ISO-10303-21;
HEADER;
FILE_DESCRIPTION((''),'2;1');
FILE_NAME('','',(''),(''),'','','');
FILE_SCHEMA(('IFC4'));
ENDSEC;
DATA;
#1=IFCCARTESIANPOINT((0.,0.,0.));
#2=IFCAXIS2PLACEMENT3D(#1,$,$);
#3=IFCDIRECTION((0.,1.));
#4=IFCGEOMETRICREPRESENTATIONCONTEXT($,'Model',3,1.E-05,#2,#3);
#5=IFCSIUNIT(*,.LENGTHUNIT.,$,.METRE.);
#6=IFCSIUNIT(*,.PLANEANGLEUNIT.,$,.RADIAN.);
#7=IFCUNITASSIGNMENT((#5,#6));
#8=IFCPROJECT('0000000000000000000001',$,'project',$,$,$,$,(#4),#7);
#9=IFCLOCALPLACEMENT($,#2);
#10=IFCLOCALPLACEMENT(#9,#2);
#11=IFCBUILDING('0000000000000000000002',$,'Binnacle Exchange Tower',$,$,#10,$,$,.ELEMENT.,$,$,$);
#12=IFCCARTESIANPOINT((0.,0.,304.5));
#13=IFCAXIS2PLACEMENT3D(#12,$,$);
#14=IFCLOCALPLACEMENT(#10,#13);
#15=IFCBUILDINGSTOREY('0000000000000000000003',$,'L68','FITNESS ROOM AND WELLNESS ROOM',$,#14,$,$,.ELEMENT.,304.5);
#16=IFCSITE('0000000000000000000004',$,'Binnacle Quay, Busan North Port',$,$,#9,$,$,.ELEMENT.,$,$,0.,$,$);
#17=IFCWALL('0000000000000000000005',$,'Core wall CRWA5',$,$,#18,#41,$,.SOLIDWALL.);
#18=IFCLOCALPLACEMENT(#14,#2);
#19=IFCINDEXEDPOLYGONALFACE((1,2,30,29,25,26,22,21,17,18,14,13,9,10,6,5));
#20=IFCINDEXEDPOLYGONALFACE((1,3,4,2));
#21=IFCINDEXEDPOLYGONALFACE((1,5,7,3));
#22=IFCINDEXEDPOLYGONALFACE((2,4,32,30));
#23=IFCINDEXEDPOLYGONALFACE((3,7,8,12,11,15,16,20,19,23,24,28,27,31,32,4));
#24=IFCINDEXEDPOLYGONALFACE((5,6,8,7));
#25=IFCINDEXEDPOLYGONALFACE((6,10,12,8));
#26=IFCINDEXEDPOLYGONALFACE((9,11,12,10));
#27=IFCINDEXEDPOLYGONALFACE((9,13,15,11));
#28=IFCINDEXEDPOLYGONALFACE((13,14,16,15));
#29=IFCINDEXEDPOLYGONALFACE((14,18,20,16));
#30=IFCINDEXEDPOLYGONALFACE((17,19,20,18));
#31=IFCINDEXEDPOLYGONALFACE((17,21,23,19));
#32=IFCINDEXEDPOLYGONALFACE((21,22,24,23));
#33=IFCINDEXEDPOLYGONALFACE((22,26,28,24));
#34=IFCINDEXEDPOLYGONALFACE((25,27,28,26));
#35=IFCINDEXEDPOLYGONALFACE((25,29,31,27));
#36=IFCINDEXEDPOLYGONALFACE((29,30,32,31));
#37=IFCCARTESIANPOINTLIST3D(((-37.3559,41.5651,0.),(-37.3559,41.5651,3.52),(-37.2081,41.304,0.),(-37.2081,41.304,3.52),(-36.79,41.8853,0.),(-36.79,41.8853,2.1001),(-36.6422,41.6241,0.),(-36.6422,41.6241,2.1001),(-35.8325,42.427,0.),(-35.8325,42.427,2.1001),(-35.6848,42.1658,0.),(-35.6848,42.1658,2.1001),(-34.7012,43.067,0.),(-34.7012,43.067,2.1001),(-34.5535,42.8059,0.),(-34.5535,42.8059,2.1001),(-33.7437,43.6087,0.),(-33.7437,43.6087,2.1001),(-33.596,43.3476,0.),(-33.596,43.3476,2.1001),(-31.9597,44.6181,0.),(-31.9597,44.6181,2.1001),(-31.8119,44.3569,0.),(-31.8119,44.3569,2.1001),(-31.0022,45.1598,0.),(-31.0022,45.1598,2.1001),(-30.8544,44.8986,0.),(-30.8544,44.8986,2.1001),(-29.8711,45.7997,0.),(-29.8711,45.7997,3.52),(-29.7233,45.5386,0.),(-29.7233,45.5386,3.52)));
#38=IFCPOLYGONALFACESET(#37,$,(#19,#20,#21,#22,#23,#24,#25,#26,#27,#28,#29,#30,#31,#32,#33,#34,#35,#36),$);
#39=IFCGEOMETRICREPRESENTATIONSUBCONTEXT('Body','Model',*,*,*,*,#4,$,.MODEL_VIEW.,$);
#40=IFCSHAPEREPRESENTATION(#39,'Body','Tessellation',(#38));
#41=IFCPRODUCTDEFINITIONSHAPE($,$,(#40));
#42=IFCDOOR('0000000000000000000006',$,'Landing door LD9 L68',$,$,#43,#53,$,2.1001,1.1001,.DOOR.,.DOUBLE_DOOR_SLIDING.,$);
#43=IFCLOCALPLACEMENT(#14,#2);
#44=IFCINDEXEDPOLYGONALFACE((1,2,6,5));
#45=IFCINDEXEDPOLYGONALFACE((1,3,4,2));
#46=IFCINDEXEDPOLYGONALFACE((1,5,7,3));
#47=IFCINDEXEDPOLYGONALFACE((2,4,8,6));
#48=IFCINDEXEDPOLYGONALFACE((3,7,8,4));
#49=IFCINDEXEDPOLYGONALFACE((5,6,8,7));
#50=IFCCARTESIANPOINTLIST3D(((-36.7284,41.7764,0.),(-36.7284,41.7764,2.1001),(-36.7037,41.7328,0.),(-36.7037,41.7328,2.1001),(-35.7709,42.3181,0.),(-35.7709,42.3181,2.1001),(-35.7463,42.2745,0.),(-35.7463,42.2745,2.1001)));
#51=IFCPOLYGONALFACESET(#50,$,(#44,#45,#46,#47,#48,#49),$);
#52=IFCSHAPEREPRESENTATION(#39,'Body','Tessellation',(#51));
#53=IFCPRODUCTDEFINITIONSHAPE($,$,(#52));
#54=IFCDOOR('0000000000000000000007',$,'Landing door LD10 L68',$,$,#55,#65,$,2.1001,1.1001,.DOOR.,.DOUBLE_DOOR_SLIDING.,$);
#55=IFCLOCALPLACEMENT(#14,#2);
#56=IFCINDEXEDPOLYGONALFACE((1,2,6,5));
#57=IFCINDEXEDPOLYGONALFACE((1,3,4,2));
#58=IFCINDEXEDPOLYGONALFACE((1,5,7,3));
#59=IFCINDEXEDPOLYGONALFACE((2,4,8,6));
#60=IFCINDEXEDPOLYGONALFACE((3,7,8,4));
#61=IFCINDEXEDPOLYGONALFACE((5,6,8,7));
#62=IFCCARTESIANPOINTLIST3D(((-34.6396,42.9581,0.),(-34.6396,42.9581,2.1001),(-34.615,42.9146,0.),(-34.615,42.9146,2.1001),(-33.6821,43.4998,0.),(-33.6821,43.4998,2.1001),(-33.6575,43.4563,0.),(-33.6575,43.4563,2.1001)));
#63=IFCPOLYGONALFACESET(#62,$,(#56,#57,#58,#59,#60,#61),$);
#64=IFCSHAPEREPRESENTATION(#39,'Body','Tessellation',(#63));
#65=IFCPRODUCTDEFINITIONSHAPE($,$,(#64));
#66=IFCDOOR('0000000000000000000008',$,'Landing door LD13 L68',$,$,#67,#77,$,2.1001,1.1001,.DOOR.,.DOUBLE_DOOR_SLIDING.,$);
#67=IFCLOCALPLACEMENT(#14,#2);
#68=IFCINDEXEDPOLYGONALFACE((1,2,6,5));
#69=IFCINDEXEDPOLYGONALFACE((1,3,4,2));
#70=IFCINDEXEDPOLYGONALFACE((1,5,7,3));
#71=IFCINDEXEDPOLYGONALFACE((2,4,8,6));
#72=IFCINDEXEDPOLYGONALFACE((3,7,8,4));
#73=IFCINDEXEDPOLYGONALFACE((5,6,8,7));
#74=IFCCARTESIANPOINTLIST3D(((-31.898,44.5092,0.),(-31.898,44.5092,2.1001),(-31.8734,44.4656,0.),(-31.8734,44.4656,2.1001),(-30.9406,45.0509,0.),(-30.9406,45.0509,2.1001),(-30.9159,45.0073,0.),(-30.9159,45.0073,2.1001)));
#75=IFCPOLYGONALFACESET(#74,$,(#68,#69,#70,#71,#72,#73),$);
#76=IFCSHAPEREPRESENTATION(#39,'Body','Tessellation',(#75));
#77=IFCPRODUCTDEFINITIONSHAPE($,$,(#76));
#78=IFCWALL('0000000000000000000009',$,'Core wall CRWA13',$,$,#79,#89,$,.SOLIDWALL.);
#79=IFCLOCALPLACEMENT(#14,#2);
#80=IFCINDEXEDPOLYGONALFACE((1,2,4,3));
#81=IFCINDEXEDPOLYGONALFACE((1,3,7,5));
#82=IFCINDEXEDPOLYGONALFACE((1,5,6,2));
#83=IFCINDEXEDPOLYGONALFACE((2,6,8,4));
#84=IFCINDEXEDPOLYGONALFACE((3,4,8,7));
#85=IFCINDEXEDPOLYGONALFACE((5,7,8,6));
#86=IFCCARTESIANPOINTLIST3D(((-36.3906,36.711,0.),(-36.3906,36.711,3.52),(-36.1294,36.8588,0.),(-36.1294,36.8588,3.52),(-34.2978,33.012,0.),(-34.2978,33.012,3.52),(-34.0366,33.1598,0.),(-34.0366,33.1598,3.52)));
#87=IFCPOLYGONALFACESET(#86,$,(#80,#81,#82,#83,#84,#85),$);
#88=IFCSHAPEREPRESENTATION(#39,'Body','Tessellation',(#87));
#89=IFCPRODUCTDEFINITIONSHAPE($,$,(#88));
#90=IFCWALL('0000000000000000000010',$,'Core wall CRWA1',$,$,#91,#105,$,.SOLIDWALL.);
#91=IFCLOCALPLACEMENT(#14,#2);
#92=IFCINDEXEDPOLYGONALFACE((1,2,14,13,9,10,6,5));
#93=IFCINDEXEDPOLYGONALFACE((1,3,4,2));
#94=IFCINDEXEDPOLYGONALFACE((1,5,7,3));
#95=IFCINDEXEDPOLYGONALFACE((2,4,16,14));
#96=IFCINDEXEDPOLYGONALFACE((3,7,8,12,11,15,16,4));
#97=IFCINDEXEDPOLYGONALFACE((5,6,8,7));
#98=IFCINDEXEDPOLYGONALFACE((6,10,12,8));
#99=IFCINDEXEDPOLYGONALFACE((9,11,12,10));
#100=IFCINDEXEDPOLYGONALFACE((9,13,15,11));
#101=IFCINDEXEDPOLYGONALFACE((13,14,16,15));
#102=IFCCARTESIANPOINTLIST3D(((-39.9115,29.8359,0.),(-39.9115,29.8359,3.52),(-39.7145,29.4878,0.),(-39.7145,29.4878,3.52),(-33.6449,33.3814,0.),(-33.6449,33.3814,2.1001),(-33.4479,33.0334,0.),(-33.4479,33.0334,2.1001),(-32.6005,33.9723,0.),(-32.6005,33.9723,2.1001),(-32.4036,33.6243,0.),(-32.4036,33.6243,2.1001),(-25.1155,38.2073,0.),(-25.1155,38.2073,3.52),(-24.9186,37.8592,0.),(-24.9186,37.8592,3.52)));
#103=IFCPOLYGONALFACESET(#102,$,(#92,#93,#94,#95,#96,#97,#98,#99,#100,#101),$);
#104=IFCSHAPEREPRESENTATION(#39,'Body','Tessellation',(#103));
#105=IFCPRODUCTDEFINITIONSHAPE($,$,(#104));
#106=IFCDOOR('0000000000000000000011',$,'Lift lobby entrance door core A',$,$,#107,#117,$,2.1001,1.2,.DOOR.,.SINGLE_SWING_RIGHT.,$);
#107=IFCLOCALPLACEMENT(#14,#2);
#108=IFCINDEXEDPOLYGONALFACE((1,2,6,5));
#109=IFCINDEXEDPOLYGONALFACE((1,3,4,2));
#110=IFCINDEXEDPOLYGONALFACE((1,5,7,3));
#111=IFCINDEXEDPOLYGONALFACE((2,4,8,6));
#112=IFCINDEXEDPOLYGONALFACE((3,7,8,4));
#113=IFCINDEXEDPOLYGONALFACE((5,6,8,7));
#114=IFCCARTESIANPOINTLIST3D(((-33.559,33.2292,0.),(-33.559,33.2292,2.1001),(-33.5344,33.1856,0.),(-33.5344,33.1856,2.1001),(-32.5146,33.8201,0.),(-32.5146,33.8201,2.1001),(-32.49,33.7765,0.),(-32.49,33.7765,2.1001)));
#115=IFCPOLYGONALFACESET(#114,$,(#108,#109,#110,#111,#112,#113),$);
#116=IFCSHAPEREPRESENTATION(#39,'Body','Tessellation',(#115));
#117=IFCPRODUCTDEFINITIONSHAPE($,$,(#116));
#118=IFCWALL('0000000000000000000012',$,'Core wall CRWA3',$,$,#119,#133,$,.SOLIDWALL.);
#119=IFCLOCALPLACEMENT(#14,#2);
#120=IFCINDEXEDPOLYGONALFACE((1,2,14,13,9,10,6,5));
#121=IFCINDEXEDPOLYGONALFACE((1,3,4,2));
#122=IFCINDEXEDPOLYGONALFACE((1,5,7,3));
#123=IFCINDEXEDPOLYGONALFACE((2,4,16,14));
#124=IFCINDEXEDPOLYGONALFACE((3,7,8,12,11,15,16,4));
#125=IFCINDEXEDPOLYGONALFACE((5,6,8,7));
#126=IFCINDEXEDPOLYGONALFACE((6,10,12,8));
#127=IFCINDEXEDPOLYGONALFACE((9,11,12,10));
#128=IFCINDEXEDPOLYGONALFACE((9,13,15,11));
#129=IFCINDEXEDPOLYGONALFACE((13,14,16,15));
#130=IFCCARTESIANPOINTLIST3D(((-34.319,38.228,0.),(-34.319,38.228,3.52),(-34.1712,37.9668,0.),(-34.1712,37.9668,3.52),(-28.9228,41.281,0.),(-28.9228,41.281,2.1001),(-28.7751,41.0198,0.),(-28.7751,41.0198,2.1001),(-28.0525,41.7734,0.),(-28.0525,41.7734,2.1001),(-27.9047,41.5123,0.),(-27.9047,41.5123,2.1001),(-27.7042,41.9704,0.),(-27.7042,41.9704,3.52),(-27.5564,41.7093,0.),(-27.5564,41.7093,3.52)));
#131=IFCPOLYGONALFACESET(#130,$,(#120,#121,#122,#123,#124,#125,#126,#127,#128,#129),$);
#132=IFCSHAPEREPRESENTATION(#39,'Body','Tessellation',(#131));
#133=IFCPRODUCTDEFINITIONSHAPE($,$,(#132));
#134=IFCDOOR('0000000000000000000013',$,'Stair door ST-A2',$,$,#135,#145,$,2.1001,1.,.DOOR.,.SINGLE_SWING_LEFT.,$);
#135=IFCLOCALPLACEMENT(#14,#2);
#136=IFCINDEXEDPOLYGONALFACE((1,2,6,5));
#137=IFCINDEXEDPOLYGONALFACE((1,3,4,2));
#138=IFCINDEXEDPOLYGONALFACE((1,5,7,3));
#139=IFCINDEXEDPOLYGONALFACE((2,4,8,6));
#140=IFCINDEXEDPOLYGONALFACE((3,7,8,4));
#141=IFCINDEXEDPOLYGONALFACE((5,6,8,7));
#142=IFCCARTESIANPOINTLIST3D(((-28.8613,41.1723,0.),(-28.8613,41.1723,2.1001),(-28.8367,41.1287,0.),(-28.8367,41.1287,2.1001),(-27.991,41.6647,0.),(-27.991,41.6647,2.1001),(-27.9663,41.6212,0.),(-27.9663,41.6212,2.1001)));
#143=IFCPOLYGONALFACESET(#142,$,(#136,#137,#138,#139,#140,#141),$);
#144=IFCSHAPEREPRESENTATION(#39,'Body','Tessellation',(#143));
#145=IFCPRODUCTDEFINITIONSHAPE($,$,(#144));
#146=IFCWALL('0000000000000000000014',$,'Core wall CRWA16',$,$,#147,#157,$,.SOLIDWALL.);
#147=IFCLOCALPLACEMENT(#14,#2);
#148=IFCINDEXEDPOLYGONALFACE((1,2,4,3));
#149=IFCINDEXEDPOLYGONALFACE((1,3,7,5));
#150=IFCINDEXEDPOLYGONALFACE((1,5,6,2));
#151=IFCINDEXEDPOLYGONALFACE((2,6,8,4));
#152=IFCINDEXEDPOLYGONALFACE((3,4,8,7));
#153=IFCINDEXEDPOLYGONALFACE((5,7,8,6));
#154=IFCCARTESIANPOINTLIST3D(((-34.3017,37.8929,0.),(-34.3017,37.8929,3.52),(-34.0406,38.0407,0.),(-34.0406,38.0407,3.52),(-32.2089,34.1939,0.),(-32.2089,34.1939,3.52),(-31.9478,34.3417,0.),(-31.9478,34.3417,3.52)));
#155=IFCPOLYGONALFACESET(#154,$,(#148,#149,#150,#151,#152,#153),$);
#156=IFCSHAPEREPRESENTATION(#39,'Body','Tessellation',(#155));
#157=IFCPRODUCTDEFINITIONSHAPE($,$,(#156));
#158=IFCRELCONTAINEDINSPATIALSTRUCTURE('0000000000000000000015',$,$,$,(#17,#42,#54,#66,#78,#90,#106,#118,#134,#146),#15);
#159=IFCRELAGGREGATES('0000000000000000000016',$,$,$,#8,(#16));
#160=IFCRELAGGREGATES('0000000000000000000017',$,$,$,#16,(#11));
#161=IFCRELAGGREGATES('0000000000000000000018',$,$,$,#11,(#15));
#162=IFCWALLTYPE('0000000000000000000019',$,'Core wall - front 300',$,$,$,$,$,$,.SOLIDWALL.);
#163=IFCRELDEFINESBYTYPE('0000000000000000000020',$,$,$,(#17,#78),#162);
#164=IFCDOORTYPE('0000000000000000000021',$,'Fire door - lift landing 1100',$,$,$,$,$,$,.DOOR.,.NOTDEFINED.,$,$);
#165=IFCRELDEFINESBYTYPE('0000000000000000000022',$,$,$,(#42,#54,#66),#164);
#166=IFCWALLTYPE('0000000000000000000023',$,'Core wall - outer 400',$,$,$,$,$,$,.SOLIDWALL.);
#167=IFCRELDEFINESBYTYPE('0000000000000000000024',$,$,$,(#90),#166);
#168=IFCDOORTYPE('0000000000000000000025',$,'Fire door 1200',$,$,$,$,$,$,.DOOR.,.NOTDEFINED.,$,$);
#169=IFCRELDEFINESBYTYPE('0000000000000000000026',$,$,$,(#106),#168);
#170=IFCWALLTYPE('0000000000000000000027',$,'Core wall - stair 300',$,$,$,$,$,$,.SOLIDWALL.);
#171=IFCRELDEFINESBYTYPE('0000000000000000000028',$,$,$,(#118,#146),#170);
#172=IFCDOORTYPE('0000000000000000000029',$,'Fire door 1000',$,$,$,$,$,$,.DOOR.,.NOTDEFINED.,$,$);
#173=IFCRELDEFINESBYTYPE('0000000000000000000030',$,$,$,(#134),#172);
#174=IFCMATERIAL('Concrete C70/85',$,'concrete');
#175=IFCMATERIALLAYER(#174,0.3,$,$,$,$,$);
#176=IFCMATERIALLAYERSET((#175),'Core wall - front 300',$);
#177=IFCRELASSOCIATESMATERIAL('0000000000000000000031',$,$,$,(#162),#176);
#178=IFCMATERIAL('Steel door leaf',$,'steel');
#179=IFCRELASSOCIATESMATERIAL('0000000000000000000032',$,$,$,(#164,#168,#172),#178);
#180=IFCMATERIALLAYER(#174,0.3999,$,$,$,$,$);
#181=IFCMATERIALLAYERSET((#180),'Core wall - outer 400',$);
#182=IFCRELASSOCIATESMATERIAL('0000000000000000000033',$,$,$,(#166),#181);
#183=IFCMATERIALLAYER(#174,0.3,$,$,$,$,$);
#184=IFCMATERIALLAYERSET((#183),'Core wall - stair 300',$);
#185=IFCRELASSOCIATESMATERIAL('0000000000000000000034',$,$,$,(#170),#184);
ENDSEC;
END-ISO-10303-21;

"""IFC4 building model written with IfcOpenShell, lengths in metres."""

from ifc_helpers import new_model, si_unit, direction, frame, frame_2d, origin, place, context, subcontext, project, spatial, rectangle, extrude, material, layer, layer_set, type_object, element, fill, save


model = new_model("IFC4")

# Units and contexts
model_context = context("Model", 3, precision=1e-05, world=origin(), true_north=direction((0.0, 1.0)))
body_context = subcontext(model_context, "Body", "Model", "MODEL_VIEW")
ifc_project = project(units=[si_unit("LENGTHUNIT", "METRE"), si_unit("PLANEANGLEUNIT", "RADIAN")], contexts=[model_context])

# Site, building, storey
site_placement = place(None, origin())
site = spatial("IfcSite", under=ifc_project, at=site_placement, Name="Binnacle Quay, Busan North Port", CompositionType="ELEMENT", RefElevation=0.0)
building_placement = place(site_placement, origin())
building = spatial("IfcBuilding", under=site, at=building_placement, Name="Binnacle Exchange Tower", CompositionType="ELEMENT")
storey_placement = place(building_placement, frame((0.0, 0.0, 304.5)))
storey = spatial("IfcBuildingStorey", under=building, at=storey_placement, Name="L68", Description="FITNESS ROOM AND WELLNESS ROOM", CompositionType="ELEMENT", Elevation=304.5)

# Wall, openings, doors
ifc_material_1 = material(Name="Concrete C70/85", Category="concrete")
ifc_layer_1 = layer(ifc_material_1, 0.3)
ifc_layer_set_1 = layer_set([ifc_layer_1], Name="Core wall - front 300")
wall_type_1 = type_object("IfcWallType", Name="Core wall - front 300", PredefinedType="SOLIDWALL", material=ifc_layer_set_1)
ifc_material_2 = material(Name="Steel door leaf", Category="steel")
door_type_1 = type_object("IfcDoorType", Name="Fire door - lift landing 1100", OperationType="NOTDEFINED", PredefinedType="DOOR", material=ifc_material_2)
wall_1_placement = place(storey_placement, frame((-37.282, 41.4346, 0.0), z_axis=(0.0, 0.0, 1.0), x_axis=(0.870361, 0.492414, 0.0)))
wall_1 = element("IfcWall", 1, at=wall_1_placement, inside=storey, type_object=wall_type_1, Name="Core wall CRWA5", PredefinedType="SOLIDWALL", context=body_context, shape_type="SweptSolid", body=[
    extrude(rectangle(XDim=8.5996, YDim=0.3, at=frame_2d((4.2998, 0.0))), origin(), (0.0, 0.0, 1.0), 3.52),
])
opening_1_placement = place(wall_1_placement, frame((0.6501, 0.0, 0.0)))
opening_1 = element("IfcOpeningElement", 2, at=opening_1_placement, cuts=wall_1, PredefinedType="OPENING", context=body_context, shape_type="SweptSolid", body=[
    extrude(rectangle(XDim=1.1001, YDim=2.1001, at=frame_2d((0.55, 1.05))), frame((0.0, 0.1599, 0.0), z_axis=(0.0, -1.0, 0.0), x_axis=(1.0, 0.0, 0.0)), (0.0, 0.0, 1.0), 0.3201),
])
opening_2_placement = place(wall_1_placement, frame((3.05, 0.0, 0.0)))
opening_2 = element("IfcOpeningElement", 3, at=opening_2_placement, cuts=wall_1, PredefinedType="OPENING", context=body_context, shape_type="SweptSolid", body=[
    extrude(rectangle(XDim=1.1001, YDim=2.1001, at=frame_2d((0.55, 1.05))), frame((0.0, 0.1599, 0.0), z_axis=(0.0, -1.0, 0.0), x_axis=(1.0, 0.0, 0.0)), (0.0, 0.0, 1.0), 0.3201),
])
opening_3_placement = place(wall_1_placement, frame((6.2, 0.0, 0.0)))
opening_3 = element("IfcOpeningElement", 4, at=opening_3_placement, cuts=wall_1, PredefinedType="OPENING", context=body_context, shape_type="SweptSolid", body=[
    extrude(rectangle(XDim=1.1001, YDim=2.1001, at=frame_2d((0.55, 1.05))), frame((0.0, 0.1599, 0.0), z_axis=(0.0, -1.0, 0.0), x_axis=(1.0, 0.0, 0.0)), (0.0, 0.0, 1.0), 0.3201),
])
door_1_placement = place(opening_1_placement, origin())
door_1 = element("IfcDoor", 5, at=door_1_placement, inside=storey, type_object=door_type_1, Name="Landing door LD9 L68", OperationType="DOUBLE_DOOR_SLIDING", OverallHeight=2.1001, OverallWidth=1.1001, PredefinedType="DOOR", context=body_context, shape_type="SweptSolid", body=[
    extrude(rectangle(XDim=1.1001, YDim=2.1001, at=frame_2d((0.55, 1.05))), frame((0.0, 0.0249, 0.0), z_axis=(0.0, -1.0, 0.0), x_axis=(1.0, 0.0, 0.0)), (0.0, 0.0, 1.0), 0.05),
])
fill(opening_1, door_1)
door_2_placement = place(opening_2_placement, origin())
door_2 = element("IfcDoor", 6, at=door_2_placement, inside=storey, type_object=door_type_1, Name="Landing door LD10 L68", OperationType="DOUBLE_DOOR_SLIDING", OverallHeight=2.1001, OverallWidth=1.1001, PredefinedType="DOOR", context=body_context, shape_type="SweptSolid", body=[
    extrude(rectangle(XDim=1.1001, YDim=2.1001, at=frame_2d((0.55, 1.05))), frame((0.0, 0.0249, 0.0), z_axis=(0.0, -1.0, 0.0), x_axis=(1.0, 0.0, 0.0)), (0.0, 0.0, 1.0), 0.05),
])
fill(opening_2, door_2)
door_3_placement = place(opening_3_placement, origin())
door_3 = element("IfcDoor", 7, at=door_3_placement, inside=storey, type_object=door_type_1, Name="Landing door LD13 L68", OperationType="DOUBLE_DOOR_SLIDING", OverallHeight=2.1001, OverallWidth=1.1001, PredefinedType="DOOR", context=body_context, shape_type="SweptSolid", body=[
    extrude(rectangle(XDim=1.1001, YDim=2.1001, at=frame_2d((0.55, 1.05))), frame((0.0, 0.0249, 0.0), z_axis=(0.0, -1.0, 0.0), x_axis=(1.0, 0.0, 0.0)), (0.0, 0.0, 1.0), 0.05),
])
fill(opening_3, door_3)

# Wall
wall_2_placement = place(storey_placement, frame((-36.26, 36.7849, 0.0), z_axis=(0.0, 0.0, 1.0), x_axis=(0.492423, -0.870356, 0.0)))
element("IfcWall", 8, at=wall_2_placement, inside=storey, type_object=wall_type_1, Name="Core wall CRWA13", PredefinedType="SOLIDWALL", context=body_context, shape_type="SweptSolid", body=[
    extrude(rectangle(XDim=4.25, YDim=0.3, at=frame_2d((2.125, 0.0))), origin(), (0.0, 0.0, 1.0), 3.52),
])

# Walls, openings, doors
ifc_layer_2 = layer(ifc_material_1, 0.3999)
ifc_layer_set_2 = layer_set([ifc_layer_2], Name="Core wall - outer 400")
wall_type_2 = type_object("IfcWallType", Name="Core wall - outer 400", PredefinedType="SOLIDWALL", material=ifc_layer_set_2)
wall_3_placement = place(storey_placement, frame((-39.813, 29.6619, 0.0), z_axis=(0.0, 0.0, 1.0), x_axis=(0.87035, 0.492433, 0.0)))
wall_3 = element("IfcWall", 9, at=wall_3_placement, inside=storey, type_object=wall_type_2, Name="Core wall CRWA1", PredefinedType="SOLIDWALL", context=body_context, shape_type="SweptSolid", body=[
    extrude(rectangle(XDim=17.0, YDim=0.3999, at=frame_2d((8.5, 0.0))), origin(), (0.0, 0.0, 1.0), 3.52),
])
opening_4_placement = place(wall_3_placement, frame((7.2, 0.0, 0.0)))
opening_4 = element("IfcOpeningElement", 10, at=opening_4_placement, cuts=wall_3, PredefinedType="OPENING", context=body_context, shape_type="SweptSolid", body=[
    extrude(rectangle(XDim=1.2, YDim=2.1001, at=frame_2d((0.6001, 1.05))), frame((0.0, 0.21, 0.0), z_axis=(0.0, -1.0, 0.0), x_axis=(1.0, 0.0, 0.0)), (0.0, 0.0, 1.0), 0.4199),
])
door_type_2 = type_object("IfcDoorType", Name="Fire door 1200", OperationType="NOTDEFINED", PredefinedType="DOOR", material=ifc_material_2)
door_4_placement = place(opening_4_placement, frame((1.2, 0.0, 0.0), z_axis=(0.0, 0.0, 1.0), x_axis=(-1.0, 0.0, 0.0)))
door_4 = element("IfcDoor", 11, at=door_4_placement, inside=storey, type_object=door_type_2, Name="Lift lobby entrance door core A", OperationType="SINGLE_SWING_RIGHT", OverallHeight=2.1001, OverallWidth=1.2, PredefinedType="DOOR", context=body_context, shape_type="SweptSolid", body=[
    extrude(rectangle(XDim=1.2, YDim=2.1001, at=frame_2d((0.6001, 1.05))), frame((0.0, 0.0249, 0.0), z_axis=(0.0, -1.0, 0.0), x_axis=(1.0, 0.0, 0.0)), (0.0, 0.0, 1.0), 0.05),
])
fill(opening_4, door_4)
ifc_layer_3 = layer(ifc_material_1, 0.3)
ifc_layer_set_3 = layer_set([ifc_layer_3], Name="Core wall - stair 300")
wall_type_3 = type_object("IfcWallType", Name="Core wall - stair 300", PredefinedType="SOLIDWALL", material=ifc_layer_set_3)
wall_4_placement = place(storey_placement, frame((-34.2451, 38.0974, 0.0), z_axis=(0.0, 0.0, 1.0), x_axis=(0.870356, 0.492422, 0.0)))
wall_4 = element("IfcWall", 12, at=wall_4_placement, inside=storey, type_object=wall_type_3, Name="Core wall CRWA3", PredefinedType="SOLIDWALL", context=body_context, shape_type="SweptSolid", body=[
    extrude(rectangle(XDim=7.6001, YDim=0.3, at=frame_2d((3.8, 0.0))), origin(), (0.0, 0.0, 1.0), 3.52),
])
opening_5_placement = place(wall_4_placement, frame((6.2, 0.0, 0.0)))
opening_5 = element("IfcOpeningElement", 13, at=opening_5_placement, cuts=wall_4, PredefinedType="OPENING", context=body_context, shape_type="SweptSolid", body=[
    extrude(rectangle(XDim=1.0, YDim=2.1001, at=frame_2d((0.5, 1.05))), frame((0.0, 0.1599, 0.0), z_axis=(0.0, -1.0, 0.0), x_axis=(1.0, 0.0, 0.0)), (0.0, 0.0, 1.0), 0.3201),
])
door_type_3 = type_object("IfcDoorType", Name="Fire door 1000", OperationType="NOTDEFINED", PredefinedType="DOOR", material=ifc_material_2)
door_5_placement = place(opening_5_placement, frame((1.0, 0.0, 0.0), z_axis=(0.0, 0.0, 1.0), x_axis=(-1.0, 0.0, 0.0)))
door_5 = element("IfcDoor", 14, at=door_5_placement, inside=storey, type_object=door_type_3, Name="Stair door ST-A2", OperationType="SINGLE_SWING_LEFT", OverallHeight=2.1001, OverallWidth=1.0, PredefinedType="DOOR", context=body_context, shape_type="SweptSolid", body=[
    extrude(rectangle(XDim=1.0, YDim=2.1001, at=frame_2d((0.5, 1.05))), frame((0.0, 0.0249, 0.0), z_axis=(0.0, -1.0, 0.0), x_axis=(1.0, 0.0, 0.0)), (0.0, 0.0, 1.0), 0.05),
])
fill(opening_5, door_5)

# Wall
wall_5_placement = place(storey_placement, frame((-34.1711, 37.9668, 0.0), z_axis=(0.0, 0.0, 1.0), x_axis=(0.492423, -0.870356, 0.0)))
element("IfcWall", 15, at=wall_5_placement, inside=storey, type_object=wall_type_3, Name="Core wall CRWA16", PredefinedType="SOLIDWALL", context=body_context, shape_type="SweptSolid", body=[
    extrude(rectangle(XDim=4.25, YDim=0.3, at=frame_2d((2.125, 0.0))), origin(), (0.0, 0.0, 1.0), 3.52),
])

save(model, "model.ifc")
